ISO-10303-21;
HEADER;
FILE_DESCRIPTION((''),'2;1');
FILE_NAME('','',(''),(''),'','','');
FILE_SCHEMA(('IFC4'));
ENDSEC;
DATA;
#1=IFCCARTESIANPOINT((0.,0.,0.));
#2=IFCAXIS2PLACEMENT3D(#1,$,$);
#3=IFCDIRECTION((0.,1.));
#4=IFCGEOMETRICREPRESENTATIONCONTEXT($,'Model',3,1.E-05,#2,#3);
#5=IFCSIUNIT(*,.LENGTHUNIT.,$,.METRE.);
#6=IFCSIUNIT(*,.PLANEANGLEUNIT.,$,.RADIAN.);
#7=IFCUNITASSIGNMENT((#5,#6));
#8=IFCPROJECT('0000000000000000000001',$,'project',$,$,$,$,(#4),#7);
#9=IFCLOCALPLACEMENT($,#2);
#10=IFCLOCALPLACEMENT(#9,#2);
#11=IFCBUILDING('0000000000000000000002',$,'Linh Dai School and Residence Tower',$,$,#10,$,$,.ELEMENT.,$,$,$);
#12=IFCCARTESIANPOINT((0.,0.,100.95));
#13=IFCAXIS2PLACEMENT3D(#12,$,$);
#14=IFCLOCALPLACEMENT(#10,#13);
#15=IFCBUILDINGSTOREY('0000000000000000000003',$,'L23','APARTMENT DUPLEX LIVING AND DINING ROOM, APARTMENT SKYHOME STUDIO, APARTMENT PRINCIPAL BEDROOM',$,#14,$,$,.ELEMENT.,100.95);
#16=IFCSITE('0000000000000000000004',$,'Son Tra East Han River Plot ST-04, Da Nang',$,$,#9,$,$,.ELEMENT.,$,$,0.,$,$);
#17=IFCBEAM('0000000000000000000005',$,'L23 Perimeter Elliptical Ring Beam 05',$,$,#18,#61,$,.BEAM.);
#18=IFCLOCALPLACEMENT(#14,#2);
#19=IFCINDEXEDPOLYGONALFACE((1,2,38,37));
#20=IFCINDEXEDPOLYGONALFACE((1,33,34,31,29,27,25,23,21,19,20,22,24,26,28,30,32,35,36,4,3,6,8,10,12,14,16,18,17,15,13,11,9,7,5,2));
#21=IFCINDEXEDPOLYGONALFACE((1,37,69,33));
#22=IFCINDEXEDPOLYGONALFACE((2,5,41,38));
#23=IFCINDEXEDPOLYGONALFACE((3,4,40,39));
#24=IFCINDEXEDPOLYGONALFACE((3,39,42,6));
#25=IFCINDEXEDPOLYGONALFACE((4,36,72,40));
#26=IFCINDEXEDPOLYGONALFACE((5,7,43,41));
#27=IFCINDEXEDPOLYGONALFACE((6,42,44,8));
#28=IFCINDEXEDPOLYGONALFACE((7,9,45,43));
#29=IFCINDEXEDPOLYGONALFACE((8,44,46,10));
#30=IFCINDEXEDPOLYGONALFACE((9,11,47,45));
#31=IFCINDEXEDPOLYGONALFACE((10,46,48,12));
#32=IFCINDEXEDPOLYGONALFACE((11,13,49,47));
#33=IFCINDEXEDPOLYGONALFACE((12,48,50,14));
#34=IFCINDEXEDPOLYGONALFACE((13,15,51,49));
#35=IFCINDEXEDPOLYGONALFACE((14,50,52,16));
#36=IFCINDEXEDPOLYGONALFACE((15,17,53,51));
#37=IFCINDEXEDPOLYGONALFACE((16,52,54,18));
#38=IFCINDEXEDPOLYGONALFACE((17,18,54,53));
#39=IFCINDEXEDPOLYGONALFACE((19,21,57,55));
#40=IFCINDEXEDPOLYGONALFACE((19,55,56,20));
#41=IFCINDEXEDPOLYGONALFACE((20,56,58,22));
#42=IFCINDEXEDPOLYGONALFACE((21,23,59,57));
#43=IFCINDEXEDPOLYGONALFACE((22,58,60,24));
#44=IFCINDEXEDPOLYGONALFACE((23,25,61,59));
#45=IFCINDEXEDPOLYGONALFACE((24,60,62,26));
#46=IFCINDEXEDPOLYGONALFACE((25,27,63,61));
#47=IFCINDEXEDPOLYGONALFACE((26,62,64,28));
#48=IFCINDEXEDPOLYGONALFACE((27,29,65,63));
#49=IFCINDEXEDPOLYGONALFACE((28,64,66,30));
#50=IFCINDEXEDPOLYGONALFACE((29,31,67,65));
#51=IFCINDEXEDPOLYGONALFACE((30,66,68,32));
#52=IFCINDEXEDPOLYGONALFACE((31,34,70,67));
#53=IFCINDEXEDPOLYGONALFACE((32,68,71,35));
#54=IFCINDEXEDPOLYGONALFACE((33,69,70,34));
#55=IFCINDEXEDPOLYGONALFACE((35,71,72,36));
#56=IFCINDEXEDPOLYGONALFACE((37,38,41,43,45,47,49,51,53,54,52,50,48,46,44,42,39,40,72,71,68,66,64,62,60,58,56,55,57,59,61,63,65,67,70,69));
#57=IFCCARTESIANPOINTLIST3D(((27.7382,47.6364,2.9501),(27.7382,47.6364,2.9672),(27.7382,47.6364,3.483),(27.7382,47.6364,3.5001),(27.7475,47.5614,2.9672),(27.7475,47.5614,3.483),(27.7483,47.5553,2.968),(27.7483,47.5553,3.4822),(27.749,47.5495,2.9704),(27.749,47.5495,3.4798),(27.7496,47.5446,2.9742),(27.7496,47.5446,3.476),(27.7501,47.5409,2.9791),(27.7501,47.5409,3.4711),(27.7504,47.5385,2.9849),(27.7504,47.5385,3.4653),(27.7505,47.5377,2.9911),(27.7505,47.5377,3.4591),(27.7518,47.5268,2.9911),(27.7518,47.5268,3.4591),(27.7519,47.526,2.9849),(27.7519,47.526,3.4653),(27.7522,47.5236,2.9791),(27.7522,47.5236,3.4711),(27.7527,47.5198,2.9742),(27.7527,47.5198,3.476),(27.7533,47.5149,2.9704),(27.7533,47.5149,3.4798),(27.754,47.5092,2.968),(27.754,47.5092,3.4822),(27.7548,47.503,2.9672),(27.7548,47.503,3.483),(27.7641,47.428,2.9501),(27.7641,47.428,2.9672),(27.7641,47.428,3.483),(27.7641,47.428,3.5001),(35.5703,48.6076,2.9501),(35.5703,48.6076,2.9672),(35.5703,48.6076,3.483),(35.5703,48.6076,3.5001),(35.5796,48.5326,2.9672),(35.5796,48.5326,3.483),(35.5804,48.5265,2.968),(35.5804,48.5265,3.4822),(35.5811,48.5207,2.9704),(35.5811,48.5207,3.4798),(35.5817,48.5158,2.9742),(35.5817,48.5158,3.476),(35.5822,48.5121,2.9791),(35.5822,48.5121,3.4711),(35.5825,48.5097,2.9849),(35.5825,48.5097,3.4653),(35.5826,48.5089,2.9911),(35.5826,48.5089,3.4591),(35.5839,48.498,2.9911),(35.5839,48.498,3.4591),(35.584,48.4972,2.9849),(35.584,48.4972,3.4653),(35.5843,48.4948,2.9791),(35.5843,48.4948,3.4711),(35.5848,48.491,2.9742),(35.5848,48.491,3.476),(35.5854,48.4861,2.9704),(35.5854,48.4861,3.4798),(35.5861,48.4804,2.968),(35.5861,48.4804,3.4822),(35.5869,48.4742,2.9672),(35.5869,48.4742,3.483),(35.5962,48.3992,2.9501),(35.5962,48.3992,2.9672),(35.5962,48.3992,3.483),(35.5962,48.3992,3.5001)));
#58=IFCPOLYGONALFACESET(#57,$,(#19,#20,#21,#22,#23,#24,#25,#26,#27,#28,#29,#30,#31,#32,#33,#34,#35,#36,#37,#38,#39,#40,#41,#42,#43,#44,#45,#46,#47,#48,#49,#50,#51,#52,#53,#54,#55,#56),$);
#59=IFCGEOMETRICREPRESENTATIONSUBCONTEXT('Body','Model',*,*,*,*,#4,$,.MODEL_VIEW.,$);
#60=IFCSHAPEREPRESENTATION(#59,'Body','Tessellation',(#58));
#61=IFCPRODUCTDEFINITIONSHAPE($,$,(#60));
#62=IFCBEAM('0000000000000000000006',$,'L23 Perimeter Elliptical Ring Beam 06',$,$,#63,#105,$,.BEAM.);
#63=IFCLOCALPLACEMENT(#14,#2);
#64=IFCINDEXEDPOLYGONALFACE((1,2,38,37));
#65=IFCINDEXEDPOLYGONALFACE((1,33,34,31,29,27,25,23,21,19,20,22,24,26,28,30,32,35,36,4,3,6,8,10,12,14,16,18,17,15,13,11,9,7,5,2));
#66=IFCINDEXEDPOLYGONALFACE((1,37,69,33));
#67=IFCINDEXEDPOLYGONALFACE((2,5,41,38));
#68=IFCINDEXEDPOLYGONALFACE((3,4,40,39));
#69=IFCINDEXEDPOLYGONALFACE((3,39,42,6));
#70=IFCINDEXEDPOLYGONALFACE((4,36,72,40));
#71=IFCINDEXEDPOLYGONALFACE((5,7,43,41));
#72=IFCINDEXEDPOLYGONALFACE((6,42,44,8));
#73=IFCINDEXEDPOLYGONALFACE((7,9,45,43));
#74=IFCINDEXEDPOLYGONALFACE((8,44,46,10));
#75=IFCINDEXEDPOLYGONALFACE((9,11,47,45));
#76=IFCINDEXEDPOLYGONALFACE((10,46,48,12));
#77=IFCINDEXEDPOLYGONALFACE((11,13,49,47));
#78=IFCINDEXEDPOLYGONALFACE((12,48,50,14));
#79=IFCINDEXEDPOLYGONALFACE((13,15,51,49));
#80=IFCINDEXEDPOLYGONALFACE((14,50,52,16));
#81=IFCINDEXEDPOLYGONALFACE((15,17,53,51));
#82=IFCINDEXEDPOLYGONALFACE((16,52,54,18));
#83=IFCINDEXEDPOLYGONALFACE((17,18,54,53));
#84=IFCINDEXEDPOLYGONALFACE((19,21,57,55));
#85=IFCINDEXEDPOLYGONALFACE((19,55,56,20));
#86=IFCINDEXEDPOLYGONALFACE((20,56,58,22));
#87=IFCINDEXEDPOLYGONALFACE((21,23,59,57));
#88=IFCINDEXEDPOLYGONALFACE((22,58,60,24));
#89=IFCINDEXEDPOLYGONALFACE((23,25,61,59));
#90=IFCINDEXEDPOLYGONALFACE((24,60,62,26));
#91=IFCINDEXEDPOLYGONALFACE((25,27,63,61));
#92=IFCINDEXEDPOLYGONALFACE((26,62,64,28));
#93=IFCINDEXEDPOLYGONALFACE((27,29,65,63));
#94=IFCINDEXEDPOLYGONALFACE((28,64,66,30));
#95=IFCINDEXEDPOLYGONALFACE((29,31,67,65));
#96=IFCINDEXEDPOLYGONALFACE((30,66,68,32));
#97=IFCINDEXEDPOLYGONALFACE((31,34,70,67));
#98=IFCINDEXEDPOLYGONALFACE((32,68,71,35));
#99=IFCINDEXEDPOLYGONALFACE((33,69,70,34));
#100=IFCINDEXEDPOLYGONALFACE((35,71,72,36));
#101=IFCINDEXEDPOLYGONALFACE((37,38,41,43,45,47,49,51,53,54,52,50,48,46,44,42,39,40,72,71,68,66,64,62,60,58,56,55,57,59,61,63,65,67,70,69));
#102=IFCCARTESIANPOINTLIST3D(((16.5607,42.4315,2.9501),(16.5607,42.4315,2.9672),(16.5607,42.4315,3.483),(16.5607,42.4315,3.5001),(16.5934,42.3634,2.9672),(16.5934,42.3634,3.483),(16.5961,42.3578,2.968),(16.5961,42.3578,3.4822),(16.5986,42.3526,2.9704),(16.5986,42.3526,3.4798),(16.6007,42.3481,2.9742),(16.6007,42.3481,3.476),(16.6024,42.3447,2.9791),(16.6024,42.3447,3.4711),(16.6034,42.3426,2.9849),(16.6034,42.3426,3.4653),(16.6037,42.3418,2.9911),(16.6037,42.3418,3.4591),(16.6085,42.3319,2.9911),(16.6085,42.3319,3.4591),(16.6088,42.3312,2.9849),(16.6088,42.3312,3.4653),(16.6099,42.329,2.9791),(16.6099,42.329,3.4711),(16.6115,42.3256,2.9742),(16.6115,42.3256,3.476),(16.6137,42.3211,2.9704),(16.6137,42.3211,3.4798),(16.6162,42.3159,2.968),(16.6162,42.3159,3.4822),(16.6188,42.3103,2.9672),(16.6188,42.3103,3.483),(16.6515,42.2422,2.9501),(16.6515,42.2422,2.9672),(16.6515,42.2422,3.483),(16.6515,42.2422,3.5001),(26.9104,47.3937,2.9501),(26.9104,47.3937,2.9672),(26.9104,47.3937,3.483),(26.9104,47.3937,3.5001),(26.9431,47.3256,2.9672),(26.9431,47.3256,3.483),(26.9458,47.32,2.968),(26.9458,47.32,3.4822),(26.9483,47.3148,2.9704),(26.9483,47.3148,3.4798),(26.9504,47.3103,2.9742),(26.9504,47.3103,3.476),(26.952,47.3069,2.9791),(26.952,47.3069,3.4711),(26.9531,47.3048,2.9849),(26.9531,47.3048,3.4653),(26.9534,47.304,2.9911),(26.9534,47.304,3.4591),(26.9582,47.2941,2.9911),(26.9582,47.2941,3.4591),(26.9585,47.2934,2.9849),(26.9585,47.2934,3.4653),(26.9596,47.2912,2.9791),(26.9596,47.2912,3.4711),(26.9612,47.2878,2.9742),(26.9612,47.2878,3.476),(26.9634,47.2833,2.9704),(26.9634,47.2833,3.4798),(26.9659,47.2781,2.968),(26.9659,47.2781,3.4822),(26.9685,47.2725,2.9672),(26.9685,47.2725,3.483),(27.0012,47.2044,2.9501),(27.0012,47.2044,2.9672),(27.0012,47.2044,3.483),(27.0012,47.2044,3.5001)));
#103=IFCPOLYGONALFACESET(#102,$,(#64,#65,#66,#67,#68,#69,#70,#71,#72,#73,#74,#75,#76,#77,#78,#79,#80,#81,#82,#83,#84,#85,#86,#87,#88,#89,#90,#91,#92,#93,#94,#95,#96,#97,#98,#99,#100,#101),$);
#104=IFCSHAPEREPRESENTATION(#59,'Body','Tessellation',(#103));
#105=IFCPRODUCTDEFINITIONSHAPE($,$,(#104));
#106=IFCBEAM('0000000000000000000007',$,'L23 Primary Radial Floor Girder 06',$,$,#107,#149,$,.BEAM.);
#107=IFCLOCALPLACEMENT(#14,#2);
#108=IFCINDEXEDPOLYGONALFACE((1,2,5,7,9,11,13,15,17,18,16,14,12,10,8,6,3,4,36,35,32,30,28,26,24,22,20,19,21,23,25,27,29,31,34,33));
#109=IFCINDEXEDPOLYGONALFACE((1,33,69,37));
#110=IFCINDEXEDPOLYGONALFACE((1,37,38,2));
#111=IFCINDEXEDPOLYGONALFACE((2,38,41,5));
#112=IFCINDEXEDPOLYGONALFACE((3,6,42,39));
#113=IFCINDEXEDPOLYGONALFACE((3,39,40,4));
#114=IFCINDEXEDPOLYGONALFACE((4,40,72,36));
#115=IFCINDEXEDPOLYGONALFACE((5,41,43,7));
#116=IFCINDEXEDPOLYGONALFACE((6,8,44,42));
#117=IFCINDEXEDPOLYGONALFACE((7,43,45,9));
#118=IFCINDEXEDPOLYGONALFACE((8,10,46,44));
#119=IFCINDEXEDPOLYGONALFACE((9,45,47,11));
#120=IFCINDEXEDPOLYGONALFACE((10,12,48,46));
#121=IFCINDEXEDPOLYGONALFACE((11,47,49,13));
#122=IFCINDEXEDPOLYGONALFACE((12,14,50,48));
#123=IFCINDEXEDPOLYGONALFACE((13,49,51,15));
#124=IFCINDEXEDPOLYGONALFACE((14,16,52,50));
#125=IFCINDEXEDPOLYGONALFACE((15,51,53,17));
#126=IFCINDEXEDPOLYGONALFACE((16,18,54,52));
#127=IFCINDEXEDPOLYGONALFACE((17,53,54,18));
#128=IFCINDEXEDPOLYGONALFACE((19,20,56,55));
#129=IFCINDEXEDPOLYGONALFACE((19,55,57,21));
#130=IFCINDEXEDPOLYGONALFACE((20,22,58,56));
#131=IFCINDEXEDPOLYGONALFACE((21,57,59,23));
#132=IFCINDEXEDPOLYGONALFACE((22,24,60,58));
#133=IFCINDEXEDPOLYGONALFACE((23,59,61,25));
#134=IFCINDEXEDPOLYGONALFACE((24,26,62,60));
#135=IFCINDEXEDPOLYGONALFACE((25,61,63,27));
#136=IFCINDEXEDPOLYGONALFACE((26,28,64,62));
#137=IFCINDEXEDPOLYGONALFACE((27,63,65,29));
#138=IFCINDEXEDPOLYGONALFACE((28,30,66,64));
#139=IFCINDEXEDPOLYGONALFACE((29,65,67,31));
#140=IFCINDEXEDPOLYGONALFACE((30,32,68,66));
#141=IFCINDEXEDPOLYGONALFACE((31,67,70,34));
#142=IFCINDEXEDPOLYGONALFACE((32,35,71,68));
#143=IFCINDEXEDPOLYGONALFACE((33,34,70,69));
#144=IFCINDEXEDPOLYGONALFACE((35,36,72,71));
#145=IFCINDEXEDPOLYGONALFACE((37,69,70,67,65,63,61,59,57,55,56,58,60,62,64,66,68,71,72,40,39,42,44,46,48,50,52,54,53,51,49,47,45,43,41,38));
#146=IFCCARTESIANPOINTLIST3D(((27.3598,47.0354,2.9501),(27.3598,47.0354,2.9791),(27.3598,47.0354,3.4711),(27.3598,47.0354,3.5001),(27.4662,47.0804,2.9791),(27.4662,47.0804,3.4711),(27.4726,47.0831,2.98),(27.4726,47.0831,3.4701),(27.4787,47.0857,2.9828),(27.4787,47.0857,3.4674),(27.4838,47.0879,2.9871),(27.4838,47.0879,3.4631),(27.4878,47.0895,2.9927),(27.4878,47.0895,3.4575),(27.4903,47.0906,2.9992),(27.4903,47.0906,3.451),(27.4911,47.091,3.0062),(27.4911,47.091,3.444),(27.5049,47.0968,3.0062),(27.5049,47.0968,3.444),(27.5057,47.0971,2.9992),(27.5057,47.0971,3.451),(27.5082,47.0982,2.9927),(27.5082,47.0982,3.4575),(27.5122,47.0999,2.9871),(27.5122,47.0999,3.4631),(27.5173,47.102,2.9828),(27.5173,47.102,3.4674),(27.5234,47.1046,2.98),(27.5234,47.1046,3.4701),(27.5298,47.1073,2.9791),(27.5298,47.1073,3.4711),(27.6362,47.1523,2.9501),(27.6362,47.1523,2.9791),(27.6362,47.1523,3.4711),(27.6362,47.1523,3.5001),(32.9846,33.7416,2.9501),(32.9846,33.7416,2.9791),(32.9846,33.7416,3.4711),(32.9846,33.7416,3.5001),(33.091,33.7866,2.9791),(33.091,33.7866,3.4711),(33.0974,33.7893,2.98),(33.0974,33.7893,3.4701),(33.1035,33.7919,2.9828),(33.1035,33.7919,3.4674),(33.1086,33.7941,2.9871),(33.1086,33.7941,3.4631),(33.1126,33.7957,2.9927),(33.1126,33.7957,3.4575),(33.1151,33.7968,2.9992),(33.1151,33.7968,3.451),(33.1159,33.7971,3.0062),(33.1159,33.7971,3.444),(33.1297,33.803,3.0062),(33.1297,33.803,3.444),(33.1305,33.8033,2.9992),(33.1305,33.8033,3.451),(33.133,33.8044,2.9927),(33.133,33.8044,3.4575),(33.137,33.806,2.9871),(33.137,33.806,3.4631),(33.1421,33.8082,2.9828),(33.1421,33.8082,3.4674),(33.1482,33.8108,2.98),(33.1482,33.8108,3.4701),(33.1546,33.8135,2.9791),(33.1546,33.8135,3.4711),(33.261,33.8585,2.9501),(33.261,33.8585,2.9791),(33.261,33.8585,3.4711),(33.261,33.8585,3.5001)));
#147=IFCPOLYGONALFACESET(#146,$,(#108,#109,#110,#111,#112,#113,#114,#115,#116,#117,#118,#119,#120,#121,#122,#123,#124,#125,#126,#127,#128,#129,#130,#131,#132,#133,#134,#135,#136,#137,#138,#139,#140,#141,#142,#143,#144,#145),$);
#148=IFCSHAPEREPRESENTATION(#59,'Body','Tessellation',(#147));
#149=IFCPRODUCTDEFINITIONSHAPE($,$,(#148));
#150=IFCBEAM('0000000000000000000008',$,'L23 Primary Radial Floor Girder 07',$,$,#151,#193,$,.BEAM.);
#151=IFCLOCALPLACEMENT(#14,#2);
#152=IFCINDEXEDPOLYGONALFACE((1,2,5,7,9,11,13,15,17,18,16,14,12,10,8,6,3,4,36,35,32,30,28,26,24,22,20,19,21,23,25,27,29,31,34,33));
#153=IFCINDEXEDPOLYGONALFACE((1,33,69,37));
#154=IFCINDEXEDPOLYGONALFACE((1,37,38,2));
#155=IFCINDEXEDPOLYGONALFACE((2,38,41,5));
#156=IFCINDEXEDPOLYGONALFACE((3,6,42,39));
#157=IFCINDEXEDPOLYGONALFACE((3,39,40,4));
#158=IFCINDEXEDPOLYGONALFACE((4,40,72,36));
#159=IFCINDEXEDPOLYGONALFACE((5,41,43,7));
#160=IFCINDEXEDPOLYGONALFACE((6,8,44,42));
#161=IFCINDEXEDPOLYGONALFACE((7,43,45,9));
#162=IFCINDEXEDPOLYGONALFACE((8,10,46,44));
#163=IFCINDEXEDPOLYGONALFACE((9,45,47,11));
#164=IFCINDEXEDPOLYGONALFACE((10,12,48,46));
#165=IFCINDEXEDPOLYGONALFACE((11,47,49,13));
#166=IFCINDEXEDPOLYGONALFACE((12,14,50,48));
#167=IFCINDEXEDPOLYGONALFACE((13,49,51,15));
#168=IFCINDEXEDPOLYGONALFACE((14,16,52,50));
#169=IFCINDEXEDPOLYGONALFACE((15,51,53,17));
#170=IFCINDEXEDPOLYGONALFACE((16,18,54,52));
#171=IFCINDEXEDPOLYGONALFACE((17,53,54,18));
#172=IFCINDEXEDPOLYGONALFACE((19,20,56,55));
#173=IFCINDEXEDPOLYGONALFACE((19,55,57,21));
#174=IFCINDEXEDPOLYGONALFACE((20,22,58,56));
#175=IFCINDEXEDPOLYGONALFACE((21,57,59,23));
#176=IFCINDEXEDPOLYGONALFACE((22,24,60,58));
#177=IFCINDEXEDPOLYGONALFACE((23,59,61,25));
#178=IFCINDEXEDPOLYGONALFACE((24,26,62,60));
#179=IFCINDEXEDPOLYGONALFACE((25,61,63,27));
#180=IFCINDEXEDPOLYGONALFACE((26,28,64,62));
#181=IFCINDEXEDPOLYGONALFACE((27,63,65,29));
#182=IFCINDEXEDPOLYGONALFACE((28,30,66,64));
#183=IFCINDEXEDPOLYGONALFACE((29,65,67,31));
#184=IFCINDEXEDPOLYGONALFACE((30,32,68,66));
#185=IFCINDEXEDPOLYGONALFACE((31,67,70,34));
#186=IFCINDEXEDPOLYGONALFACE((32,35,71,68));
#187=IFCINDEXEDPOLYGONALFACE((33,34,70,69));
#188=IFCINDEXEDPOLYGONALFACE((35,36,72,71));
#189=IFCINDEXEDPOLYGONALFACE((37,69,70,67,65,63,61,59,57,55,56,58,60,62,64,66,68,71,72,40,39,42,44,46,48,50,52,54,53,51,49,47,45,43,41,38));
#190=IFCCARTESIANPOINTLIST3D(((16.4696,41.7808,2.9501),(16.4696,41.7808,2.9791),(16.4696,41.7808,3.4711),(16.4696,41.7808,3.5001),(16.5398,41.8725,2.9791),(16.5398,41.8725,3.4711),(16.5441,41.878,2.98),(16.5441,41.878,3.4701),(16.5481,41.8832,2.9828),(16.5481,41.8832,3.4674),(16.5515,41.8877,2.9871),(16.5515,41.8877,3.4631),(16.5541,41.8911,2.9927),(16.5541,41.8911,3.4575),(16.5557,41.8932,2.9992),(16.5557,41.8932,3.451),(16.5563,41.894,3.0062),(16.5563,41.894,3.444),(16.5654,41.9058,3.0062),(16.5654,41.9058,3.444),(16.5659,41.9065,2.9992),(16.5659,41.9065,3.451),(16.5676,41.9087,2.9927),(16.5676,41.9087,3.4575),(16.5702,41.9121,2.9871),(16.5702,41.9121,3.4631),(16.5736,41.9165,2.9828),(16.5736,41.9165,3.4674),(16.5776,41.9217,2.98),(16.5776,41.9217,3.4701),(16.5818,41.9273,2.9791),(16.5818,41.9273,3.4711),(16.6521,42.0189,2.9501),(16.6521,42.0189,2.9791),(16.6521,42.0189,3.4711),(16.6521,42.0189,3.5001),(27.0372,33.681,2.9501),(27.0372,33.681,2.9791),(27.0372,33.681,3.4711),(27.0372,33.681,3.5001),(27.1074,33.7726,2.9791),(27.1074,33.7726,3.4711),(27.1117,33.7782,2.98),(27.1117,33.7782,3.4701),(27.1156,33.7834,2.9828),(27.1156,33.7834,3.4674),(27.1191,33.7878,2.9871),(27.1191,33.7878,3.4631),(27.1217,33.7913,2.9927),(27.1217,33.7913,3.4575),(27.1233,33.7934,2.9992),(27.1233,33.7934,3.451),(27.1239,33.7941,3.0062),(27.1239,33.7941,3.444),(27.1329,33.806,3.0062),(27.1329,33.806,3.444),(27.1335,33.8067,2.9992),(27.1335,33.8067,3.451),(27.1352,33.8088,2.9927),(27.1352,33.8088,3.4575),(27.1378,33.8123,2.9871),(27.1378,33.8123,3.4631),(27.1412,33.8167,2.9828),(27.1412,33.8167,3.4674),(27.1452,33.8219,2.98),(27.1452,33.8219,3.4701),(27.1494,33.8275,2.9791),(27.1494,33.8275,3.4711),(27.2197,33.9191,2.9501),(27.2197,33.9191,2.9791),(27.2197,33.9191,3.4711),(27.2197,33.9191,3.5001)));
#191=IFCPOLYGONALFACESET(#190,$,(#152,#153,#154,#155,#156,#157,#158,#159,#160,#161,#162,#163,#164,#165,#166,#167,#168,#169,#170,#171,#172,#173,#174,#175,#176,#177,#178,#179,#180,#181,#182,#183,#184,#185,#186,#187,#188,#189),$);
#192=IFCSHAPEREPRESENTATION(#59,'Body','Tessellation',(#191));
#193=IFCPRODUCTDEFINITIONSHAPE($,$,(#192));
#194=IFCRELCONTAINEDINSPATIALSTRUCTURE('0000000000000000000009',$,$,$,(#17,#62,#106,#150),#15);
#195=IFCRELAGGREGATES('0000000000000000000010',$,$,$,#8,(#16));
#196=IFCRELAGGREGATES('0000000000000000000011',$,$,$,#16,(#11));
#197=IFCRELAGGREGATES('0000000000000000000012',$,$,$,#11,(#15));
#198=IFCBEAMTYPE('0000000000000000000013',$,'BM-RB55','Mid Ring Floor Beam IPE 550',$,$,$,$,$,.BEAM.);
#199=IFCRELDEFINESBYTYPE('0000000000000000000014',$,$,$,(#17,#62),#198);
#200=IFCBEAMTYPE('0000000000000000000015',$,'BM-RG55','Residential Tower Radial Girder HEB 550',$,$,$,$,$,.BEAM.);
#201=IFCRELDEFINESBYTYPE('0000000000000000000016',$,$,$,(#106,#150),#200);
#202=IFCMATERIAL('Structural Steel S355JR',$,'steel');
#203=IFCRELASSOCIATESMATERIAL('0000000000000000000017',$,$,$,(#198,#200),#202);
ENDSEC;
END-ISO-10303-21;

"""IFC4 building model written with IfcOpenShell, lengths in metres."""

from ifc_helpers import new_model, si_unit, direction, frame, origin, origin_2d, place, context, subcontext, project, spatial, i_section, extrude, material, material_profile, profile_set, type_object, element, save


model = new_model("IFC4")

# Units and contexts
model_context = context("Model", 3, precision=1e-05, world=origin(), true_north=direction((0.0, 1.0)))
body_context = subcontext(model_context, "Body", "Model", "MODEL_VIEW")
ifc_project = project(units=[si_unit("LENGTHUNIT", "METRE"), si_unit("PLANEANGLEUNIT", "RADIAN")], contexts=[model_context])

# Site, building, storey
site_placement = place(None, origin())
site = spatial("IfcSite", under=ifc_project, at=site_placement, Name="Son Tra East Han River Plot ST-04, Da Nang", CompositionType="ELEMENT", RefElevation=0.0)
building_placement = place(site_placement, origin())
building = spatial("IfcBuilding", under=site, at=building_placement, Name="Linh Dai School and Residence Tower", CompositionType="ELEMENT")
storey_placement = place(building_placement, frame((0.0, 0.0, 100.95)))
storey = spatial("IfcBuildingStorey", under=building, at=storey_placement, Name="L23", Description="APARTMENT DUPLEX LIVING AND DINING ROOM, APARTMENT SKYHOME STUDIO, APARTMENT PRINCIPAL BEDROOM", CompositionType="ELEMENT", Elevation=100.95)

# Shared definitions
ifc_material_1 = material(Name="Structural Steel S355JR", Category="steel")

# Beams
ifc_material_profile_1 = material_profile(ifc_material_1, i_section(OverallWidth=0.21, OverallDepth=0.55, WebThickness=0.011, FlangeThickness=0.0171, FilletRadius=0.0239, at=origin_2d()), Name="IPE 550")
ifc_profile_set_1 = profile_set([ifc_material_profile_1], Name="Structural Steel S355JR")
beam_type_1 = type_object("IfcBeamType", Name="BM-RB55", Description="Mid Ring Floor Beam IPE 550", PredefinedType="BEAM", material=ifc_profile_set_1)
beam_1_placement = place(storey_placement, frame((35.5833, 48.5034, 3.2251), z_axis=(-0.992399, -0.12306, 0.0), x_axis=(0.12306, -0.992399, 0.0)))
element("IfcBeam", 1, at=beam_1_placement, inside=storey, type_object=beam_type_1, Name="L23 Perimeter Elliptical Ring Beam 05", PredefinedType="BEAM", context=body_context, shape_type="SweptSolid", body=[
    extrude(i_section(OverallWidth=0.21, OverallDepth=0.55, WebThickness=0.011, FlangeThickness=0.0171, FilletRadius=0.0239, at=origin_2d()), origin(), (0.0, 0.0, 1.0), 7.8921),
])
beam_2_placement = place(storey_placement, frame((26.9558, 47.2991, 3.2251), z_axis=(-0.901715, -0.432331, 0.0), x_axis=(0.432331, -0.901715, 0.0)))
element("IfcBeam", 2, at=beam_2_placement, inside=storey, type_object=beam_type_1, Name="L23 Perimeter Elliptical Ring Beam 06", PredefinedType="BEAM", context=body_context, shape_type="SweptSolid", body=[
    extrude(i_section(OverallWidth=0.21, OverallDepth=0.55, WebThickness=0.011, FlangeThickness=0.0171, FilletRadius=0.0239, at=origin_2d()), origin(), (0.0, 0.0, 1.0), 11.4778),
])
ifc_material_profile_2 = material_profile(ifc_material_1, i_section(OverallWidth=0.3, OverallDepth=0.55, WebThickness=0.0149, FlangeThickness=0.0291, FilletRadius=0.0271, at=origin_2d()), Name="HEB 550")
ifc_profile_set_2 = profile_set([ifc_material_profile_2], Name="Structural Steel S355JR")
beam_type_2 = type_object("IfcBeamType", Name="BM-RG55", Description="Residential Tower Radial Girder HEB 550", PredefinedType="BEAM", material=ifc_profile_set_2)
beam_3_placement = place(storey_placement, frame((33.1228, 33.8, 3.2251), z_axis=(-0.389669, 0.920955, 0.0), x_axis=(-0.920955, -0.389669, 0.0)))
element("IfcBeam", 3, at=beam_3_placement, inside=storey, type_object=beam_type_2, Name="L23 Primary Radial Floor Girder 06", PredefinedType="BEAM", context=body_context, shape_type="SweptSolid", body=[
    extrude(i_section(OverallWidth=0.3, OverallDepth=0.55, WebThickness=0.0149, FlangeThickness=0.0291, FilletRadius=0.0271, at=origin_2d()), origin(), (0.0, 0.0, 1.0), 14.4348),
])
beam_4_placement = place(storey_placement, frame((27.1284, 33.8, 3.2251), z_axis=(-0.793679, 0.608337, 0.0), x_axis=(-0.608337, -0.793679, 0.0)))
element("IfcBeam", 4, at=beam_4_placement, inside=storey, type_object=beam_type_2, Name="L23 Primary Radial Floor Girder 07", PredefinedType="BEAM", context=body_context, shape_type="SweptSolid", body=[
    extrude(i_section(OverallWidth=0.3, OverallDepth=0.55, WebThickness=0.0149, FlangeThickness=0.0291, FilletRadius=0.0271, at=origin_2d()), origin(), (0.0, 0.0, 1.0), 13.3147),
])

save(model, "model.ifc")
